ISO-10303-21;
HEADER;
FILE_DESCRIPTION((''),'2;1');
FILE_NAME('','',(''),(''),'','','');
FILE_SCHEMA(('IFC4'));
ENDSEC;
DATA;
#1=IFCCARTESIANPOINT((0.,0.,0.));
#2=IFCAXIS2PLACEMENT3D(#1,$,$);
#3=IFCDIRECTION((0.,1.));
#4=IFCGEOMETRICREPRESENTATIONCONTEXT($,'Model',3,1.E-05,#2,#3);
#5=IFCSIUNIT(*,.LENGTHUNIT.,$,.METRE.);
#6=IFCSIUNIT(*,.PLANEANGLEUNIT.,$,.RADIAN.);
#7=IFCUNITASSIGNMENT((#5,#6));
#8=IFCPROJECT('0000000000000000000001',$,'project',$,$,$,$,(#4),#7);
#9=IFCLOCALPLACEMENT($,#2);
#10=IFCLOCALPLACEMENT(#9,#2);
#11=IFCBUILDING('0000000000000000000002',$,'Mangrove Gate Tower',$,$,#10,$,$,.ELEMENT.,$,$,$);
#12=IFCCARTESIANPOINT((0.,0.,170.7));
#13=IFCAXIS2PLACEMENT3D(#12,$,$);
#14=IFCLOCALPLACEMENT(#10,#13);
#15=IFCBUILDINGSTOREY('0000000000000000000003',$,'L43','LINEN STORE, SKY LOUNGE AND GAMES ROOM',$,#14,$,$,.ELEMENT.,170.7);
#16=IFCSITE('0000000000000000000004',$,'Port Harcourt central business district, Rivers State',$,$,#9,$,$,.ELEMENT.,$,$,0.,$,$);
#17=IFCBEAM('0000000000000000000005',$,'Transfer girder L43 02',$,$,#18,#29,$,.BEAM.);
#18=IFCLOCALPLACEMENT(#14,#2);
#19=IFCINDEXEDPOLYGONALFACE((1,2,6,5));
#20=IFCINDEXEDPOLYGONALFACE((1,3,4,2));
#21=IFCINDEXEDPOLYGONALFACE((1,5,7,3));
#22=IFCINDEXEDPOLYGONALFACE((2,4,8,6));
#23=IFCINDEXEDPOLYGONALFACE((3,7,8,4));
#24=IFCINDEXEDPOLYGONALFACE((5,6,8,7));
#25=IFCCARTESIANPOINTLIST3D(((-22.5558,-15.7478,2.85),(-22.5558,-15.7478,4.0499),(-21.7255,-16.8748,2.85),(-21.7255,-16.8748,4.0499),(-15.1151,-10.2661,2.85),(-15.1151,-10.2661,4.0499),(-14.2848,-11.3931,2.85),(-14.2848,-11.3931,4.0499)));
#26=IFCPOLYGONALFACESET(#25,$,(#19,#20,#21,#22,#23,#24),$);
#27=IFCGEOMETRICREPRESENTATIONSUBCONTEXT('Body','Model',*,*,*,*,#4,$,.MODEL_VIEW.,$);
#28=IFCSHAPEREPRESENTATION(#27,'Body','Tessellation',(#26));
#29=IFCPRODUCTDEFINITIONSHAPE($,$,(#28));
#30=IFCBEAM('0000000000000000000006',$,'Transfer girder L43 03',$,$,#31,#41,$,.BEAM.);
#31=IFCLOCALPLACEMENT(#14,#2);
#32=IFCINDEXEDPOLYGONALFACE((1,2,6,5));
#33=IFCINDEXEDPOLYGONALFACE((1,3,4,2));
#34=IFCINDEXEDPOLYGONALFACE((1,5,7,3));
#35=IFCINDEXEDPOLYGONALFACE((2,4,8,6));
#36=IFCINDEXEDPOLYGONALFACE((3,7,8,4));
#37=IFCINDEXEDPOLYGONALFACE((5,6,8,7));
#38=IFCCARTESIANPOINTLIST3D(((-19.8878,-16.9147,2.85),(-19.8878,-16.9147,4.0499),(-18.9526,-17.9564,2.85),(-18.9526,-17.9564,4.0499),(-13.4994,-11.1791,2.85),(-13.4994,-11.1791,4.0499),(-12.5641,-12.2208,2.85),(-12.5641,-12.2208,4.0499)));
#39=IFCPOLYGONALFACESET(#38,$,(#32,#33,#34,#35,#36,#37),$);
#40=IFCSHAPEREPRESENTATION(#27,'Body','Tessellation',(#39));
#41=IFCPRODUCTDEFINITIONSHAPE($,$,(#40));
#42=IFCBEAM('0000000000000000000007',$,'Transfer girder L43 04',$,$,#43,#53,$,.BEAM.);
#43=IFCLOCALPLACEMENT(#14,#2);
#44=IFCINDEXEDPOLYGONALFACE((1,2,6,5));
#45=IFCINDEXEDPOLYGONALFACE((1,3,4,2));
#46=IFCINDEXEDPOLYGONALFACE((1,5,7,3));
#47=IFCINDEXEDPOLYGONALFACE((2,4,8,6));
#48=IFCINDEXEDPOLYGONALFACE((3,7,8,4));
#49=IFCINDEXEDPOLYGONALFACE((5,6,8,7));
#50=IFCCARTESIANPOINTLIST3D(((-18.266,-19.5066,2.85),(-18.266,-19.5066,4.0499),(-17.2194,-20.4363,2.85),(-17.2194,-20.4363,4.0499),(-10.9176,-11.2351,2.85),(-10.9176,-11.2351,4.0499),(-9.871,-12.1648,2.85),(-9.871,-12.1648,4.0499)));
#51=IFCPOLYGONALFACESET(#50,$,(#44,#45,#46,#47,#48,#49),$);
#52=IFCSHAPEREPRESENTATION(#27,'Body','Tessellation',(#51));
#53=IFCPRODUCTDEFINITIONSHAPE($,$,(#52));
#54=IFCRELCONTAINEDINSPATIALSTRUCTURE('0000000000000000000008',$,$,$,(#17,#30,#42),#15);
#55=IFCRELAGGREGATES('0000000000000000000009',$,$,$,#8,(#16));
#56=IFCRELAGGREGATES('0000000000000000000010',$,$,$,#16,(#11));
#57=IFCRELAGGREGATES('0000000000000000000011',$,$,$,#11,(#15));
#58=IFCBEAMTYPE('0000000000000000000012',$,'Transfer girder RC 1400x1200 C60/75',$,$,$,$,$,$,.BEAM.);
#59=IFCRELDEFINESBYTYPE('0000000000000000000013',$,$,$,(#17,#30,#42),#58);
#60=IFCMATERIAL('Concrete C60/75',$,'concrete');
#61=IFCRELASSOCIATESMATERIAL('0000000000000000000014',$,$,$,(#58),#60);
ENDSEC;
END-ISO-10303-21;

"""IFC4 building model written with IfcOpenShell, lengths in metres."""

from ifc_helpers import new_model, si_unit, direction, frame, origin, origin_2d, place, context, subcontext, project, spatial, rectangle, extrude, material, material_profile, profile_set, type_object, element, save


model = new_model("IFC4")

# Units and contexts
model_context = context("Model", 3, precision=1e-05, world=origin(), true_north=direction((0.0, 1.0)))
body_context = subcontext(model_context, "Body", "Model", "MODEL_VIEW")
ifc_project = project(units=[si_unit("LENGTHUNIT", "METRE"), si_unit("PLANEANGLEUNIT", "RADIAN")], contexts=[model_context])

# Site, building, storey
site_placement = place(None, origin())
site = spatial("IfcSite", under=ifc_project, at=site_placement, Name="Port Harcourt central business district, Rivers State", CompositionType="ELEMENT", RefElevation=0.0)
building_placement = place(site_placement, origin())
building = spatial("IfcBuilding", under=site, at=building_placement, Name="Mangrove Gate Tower", CompositionType="ELEMENT")
storey_placement = place(building_placement, frame((0.0, 0.0, 170.7)))
storey = spatial("IfcBuildingStorey", under=building, at=storey_placement, Name="L43", Description="LINEN STORE, SKY LOUNGE AND GAMES ROOM", CompositionType="ELEMENT", Elevation=170.7)

# Beams
ifc_material = material(Name="Concrete C60/75", Category="concrete")
ifc_material_profile = material_profile(ifc_material, rectangle(XDim=1.3999, YDim=1.2, at=origin_2d()))
ifc_profile_set = profile_set([ifc_material_profile], Name="Concrete C60/75")
beam_type = type_object("IfcBeamType", Name="Transfer girder RC 1400x1200 C60/75", PredefinedType="BEAM", material=ifc_profile_set)
beam_1_placement = place(storey_placement, frame((-14.7, -10.8296, 3.45), z_axis=(-0.805103, -0.593135, 0.0), x_axis=(0.593135, -0.805103, 0.0)))
element("IfcBeam", 1, at=beam_1_placement, inside=storey, type_object=beam_type, Name="Transfer girder L43 02", PredefinedType="BEAM", context=body_context, shape_type="SweptSolid", body=[
    extrude(rectangle(XDim=1.3999, YDim=1.2, at=origin_2d()), origin(), (0.0, 0.0, 1.0), 9.2419),
])
beam_2_placement = place(storey_placement, frame((-13.0317, -11.7, 3.45), z_axis=(-0.744104, -0.668064, 0.0), x_axis=(0.668064, -0.744104, 0.0)))
element("IfcBeam", 2, at=beam_2_placement, inside=storey, type_object=beam_type, Name="Transfer girder L43 03", PredefinedType="BEAM", context=body_context, shape_type="SweptSolid", body=[
    extrude(rectangle(XDim=1.3999, YDim=1.2, at=origin_2d()), origin(), (0.0, 0.0, 1.0), 8.5854),
])
beam_3_placement = place(storey_placement, frame((-10.3943, -11.7, 3.45), z_axis=(-0.66416, -0.747591, 0.0), x_axis=(0.747591, -0.66416, 0.0)))
element("IfcBeam", 3, at=beam_3_placement, inside=storey, type_object=beam_type, Name="Transfer girder L43 04", PredefinedType="BEAM", context=body_context, shape_type="SweptSolid", body=[
    extrude(rectangle(XDim=1.3999, YDim=1.2, at=origin_2d()), origin(), (0.0, 0.0, 1.0), 11.0642),
])

save(model, "model.ifc")
